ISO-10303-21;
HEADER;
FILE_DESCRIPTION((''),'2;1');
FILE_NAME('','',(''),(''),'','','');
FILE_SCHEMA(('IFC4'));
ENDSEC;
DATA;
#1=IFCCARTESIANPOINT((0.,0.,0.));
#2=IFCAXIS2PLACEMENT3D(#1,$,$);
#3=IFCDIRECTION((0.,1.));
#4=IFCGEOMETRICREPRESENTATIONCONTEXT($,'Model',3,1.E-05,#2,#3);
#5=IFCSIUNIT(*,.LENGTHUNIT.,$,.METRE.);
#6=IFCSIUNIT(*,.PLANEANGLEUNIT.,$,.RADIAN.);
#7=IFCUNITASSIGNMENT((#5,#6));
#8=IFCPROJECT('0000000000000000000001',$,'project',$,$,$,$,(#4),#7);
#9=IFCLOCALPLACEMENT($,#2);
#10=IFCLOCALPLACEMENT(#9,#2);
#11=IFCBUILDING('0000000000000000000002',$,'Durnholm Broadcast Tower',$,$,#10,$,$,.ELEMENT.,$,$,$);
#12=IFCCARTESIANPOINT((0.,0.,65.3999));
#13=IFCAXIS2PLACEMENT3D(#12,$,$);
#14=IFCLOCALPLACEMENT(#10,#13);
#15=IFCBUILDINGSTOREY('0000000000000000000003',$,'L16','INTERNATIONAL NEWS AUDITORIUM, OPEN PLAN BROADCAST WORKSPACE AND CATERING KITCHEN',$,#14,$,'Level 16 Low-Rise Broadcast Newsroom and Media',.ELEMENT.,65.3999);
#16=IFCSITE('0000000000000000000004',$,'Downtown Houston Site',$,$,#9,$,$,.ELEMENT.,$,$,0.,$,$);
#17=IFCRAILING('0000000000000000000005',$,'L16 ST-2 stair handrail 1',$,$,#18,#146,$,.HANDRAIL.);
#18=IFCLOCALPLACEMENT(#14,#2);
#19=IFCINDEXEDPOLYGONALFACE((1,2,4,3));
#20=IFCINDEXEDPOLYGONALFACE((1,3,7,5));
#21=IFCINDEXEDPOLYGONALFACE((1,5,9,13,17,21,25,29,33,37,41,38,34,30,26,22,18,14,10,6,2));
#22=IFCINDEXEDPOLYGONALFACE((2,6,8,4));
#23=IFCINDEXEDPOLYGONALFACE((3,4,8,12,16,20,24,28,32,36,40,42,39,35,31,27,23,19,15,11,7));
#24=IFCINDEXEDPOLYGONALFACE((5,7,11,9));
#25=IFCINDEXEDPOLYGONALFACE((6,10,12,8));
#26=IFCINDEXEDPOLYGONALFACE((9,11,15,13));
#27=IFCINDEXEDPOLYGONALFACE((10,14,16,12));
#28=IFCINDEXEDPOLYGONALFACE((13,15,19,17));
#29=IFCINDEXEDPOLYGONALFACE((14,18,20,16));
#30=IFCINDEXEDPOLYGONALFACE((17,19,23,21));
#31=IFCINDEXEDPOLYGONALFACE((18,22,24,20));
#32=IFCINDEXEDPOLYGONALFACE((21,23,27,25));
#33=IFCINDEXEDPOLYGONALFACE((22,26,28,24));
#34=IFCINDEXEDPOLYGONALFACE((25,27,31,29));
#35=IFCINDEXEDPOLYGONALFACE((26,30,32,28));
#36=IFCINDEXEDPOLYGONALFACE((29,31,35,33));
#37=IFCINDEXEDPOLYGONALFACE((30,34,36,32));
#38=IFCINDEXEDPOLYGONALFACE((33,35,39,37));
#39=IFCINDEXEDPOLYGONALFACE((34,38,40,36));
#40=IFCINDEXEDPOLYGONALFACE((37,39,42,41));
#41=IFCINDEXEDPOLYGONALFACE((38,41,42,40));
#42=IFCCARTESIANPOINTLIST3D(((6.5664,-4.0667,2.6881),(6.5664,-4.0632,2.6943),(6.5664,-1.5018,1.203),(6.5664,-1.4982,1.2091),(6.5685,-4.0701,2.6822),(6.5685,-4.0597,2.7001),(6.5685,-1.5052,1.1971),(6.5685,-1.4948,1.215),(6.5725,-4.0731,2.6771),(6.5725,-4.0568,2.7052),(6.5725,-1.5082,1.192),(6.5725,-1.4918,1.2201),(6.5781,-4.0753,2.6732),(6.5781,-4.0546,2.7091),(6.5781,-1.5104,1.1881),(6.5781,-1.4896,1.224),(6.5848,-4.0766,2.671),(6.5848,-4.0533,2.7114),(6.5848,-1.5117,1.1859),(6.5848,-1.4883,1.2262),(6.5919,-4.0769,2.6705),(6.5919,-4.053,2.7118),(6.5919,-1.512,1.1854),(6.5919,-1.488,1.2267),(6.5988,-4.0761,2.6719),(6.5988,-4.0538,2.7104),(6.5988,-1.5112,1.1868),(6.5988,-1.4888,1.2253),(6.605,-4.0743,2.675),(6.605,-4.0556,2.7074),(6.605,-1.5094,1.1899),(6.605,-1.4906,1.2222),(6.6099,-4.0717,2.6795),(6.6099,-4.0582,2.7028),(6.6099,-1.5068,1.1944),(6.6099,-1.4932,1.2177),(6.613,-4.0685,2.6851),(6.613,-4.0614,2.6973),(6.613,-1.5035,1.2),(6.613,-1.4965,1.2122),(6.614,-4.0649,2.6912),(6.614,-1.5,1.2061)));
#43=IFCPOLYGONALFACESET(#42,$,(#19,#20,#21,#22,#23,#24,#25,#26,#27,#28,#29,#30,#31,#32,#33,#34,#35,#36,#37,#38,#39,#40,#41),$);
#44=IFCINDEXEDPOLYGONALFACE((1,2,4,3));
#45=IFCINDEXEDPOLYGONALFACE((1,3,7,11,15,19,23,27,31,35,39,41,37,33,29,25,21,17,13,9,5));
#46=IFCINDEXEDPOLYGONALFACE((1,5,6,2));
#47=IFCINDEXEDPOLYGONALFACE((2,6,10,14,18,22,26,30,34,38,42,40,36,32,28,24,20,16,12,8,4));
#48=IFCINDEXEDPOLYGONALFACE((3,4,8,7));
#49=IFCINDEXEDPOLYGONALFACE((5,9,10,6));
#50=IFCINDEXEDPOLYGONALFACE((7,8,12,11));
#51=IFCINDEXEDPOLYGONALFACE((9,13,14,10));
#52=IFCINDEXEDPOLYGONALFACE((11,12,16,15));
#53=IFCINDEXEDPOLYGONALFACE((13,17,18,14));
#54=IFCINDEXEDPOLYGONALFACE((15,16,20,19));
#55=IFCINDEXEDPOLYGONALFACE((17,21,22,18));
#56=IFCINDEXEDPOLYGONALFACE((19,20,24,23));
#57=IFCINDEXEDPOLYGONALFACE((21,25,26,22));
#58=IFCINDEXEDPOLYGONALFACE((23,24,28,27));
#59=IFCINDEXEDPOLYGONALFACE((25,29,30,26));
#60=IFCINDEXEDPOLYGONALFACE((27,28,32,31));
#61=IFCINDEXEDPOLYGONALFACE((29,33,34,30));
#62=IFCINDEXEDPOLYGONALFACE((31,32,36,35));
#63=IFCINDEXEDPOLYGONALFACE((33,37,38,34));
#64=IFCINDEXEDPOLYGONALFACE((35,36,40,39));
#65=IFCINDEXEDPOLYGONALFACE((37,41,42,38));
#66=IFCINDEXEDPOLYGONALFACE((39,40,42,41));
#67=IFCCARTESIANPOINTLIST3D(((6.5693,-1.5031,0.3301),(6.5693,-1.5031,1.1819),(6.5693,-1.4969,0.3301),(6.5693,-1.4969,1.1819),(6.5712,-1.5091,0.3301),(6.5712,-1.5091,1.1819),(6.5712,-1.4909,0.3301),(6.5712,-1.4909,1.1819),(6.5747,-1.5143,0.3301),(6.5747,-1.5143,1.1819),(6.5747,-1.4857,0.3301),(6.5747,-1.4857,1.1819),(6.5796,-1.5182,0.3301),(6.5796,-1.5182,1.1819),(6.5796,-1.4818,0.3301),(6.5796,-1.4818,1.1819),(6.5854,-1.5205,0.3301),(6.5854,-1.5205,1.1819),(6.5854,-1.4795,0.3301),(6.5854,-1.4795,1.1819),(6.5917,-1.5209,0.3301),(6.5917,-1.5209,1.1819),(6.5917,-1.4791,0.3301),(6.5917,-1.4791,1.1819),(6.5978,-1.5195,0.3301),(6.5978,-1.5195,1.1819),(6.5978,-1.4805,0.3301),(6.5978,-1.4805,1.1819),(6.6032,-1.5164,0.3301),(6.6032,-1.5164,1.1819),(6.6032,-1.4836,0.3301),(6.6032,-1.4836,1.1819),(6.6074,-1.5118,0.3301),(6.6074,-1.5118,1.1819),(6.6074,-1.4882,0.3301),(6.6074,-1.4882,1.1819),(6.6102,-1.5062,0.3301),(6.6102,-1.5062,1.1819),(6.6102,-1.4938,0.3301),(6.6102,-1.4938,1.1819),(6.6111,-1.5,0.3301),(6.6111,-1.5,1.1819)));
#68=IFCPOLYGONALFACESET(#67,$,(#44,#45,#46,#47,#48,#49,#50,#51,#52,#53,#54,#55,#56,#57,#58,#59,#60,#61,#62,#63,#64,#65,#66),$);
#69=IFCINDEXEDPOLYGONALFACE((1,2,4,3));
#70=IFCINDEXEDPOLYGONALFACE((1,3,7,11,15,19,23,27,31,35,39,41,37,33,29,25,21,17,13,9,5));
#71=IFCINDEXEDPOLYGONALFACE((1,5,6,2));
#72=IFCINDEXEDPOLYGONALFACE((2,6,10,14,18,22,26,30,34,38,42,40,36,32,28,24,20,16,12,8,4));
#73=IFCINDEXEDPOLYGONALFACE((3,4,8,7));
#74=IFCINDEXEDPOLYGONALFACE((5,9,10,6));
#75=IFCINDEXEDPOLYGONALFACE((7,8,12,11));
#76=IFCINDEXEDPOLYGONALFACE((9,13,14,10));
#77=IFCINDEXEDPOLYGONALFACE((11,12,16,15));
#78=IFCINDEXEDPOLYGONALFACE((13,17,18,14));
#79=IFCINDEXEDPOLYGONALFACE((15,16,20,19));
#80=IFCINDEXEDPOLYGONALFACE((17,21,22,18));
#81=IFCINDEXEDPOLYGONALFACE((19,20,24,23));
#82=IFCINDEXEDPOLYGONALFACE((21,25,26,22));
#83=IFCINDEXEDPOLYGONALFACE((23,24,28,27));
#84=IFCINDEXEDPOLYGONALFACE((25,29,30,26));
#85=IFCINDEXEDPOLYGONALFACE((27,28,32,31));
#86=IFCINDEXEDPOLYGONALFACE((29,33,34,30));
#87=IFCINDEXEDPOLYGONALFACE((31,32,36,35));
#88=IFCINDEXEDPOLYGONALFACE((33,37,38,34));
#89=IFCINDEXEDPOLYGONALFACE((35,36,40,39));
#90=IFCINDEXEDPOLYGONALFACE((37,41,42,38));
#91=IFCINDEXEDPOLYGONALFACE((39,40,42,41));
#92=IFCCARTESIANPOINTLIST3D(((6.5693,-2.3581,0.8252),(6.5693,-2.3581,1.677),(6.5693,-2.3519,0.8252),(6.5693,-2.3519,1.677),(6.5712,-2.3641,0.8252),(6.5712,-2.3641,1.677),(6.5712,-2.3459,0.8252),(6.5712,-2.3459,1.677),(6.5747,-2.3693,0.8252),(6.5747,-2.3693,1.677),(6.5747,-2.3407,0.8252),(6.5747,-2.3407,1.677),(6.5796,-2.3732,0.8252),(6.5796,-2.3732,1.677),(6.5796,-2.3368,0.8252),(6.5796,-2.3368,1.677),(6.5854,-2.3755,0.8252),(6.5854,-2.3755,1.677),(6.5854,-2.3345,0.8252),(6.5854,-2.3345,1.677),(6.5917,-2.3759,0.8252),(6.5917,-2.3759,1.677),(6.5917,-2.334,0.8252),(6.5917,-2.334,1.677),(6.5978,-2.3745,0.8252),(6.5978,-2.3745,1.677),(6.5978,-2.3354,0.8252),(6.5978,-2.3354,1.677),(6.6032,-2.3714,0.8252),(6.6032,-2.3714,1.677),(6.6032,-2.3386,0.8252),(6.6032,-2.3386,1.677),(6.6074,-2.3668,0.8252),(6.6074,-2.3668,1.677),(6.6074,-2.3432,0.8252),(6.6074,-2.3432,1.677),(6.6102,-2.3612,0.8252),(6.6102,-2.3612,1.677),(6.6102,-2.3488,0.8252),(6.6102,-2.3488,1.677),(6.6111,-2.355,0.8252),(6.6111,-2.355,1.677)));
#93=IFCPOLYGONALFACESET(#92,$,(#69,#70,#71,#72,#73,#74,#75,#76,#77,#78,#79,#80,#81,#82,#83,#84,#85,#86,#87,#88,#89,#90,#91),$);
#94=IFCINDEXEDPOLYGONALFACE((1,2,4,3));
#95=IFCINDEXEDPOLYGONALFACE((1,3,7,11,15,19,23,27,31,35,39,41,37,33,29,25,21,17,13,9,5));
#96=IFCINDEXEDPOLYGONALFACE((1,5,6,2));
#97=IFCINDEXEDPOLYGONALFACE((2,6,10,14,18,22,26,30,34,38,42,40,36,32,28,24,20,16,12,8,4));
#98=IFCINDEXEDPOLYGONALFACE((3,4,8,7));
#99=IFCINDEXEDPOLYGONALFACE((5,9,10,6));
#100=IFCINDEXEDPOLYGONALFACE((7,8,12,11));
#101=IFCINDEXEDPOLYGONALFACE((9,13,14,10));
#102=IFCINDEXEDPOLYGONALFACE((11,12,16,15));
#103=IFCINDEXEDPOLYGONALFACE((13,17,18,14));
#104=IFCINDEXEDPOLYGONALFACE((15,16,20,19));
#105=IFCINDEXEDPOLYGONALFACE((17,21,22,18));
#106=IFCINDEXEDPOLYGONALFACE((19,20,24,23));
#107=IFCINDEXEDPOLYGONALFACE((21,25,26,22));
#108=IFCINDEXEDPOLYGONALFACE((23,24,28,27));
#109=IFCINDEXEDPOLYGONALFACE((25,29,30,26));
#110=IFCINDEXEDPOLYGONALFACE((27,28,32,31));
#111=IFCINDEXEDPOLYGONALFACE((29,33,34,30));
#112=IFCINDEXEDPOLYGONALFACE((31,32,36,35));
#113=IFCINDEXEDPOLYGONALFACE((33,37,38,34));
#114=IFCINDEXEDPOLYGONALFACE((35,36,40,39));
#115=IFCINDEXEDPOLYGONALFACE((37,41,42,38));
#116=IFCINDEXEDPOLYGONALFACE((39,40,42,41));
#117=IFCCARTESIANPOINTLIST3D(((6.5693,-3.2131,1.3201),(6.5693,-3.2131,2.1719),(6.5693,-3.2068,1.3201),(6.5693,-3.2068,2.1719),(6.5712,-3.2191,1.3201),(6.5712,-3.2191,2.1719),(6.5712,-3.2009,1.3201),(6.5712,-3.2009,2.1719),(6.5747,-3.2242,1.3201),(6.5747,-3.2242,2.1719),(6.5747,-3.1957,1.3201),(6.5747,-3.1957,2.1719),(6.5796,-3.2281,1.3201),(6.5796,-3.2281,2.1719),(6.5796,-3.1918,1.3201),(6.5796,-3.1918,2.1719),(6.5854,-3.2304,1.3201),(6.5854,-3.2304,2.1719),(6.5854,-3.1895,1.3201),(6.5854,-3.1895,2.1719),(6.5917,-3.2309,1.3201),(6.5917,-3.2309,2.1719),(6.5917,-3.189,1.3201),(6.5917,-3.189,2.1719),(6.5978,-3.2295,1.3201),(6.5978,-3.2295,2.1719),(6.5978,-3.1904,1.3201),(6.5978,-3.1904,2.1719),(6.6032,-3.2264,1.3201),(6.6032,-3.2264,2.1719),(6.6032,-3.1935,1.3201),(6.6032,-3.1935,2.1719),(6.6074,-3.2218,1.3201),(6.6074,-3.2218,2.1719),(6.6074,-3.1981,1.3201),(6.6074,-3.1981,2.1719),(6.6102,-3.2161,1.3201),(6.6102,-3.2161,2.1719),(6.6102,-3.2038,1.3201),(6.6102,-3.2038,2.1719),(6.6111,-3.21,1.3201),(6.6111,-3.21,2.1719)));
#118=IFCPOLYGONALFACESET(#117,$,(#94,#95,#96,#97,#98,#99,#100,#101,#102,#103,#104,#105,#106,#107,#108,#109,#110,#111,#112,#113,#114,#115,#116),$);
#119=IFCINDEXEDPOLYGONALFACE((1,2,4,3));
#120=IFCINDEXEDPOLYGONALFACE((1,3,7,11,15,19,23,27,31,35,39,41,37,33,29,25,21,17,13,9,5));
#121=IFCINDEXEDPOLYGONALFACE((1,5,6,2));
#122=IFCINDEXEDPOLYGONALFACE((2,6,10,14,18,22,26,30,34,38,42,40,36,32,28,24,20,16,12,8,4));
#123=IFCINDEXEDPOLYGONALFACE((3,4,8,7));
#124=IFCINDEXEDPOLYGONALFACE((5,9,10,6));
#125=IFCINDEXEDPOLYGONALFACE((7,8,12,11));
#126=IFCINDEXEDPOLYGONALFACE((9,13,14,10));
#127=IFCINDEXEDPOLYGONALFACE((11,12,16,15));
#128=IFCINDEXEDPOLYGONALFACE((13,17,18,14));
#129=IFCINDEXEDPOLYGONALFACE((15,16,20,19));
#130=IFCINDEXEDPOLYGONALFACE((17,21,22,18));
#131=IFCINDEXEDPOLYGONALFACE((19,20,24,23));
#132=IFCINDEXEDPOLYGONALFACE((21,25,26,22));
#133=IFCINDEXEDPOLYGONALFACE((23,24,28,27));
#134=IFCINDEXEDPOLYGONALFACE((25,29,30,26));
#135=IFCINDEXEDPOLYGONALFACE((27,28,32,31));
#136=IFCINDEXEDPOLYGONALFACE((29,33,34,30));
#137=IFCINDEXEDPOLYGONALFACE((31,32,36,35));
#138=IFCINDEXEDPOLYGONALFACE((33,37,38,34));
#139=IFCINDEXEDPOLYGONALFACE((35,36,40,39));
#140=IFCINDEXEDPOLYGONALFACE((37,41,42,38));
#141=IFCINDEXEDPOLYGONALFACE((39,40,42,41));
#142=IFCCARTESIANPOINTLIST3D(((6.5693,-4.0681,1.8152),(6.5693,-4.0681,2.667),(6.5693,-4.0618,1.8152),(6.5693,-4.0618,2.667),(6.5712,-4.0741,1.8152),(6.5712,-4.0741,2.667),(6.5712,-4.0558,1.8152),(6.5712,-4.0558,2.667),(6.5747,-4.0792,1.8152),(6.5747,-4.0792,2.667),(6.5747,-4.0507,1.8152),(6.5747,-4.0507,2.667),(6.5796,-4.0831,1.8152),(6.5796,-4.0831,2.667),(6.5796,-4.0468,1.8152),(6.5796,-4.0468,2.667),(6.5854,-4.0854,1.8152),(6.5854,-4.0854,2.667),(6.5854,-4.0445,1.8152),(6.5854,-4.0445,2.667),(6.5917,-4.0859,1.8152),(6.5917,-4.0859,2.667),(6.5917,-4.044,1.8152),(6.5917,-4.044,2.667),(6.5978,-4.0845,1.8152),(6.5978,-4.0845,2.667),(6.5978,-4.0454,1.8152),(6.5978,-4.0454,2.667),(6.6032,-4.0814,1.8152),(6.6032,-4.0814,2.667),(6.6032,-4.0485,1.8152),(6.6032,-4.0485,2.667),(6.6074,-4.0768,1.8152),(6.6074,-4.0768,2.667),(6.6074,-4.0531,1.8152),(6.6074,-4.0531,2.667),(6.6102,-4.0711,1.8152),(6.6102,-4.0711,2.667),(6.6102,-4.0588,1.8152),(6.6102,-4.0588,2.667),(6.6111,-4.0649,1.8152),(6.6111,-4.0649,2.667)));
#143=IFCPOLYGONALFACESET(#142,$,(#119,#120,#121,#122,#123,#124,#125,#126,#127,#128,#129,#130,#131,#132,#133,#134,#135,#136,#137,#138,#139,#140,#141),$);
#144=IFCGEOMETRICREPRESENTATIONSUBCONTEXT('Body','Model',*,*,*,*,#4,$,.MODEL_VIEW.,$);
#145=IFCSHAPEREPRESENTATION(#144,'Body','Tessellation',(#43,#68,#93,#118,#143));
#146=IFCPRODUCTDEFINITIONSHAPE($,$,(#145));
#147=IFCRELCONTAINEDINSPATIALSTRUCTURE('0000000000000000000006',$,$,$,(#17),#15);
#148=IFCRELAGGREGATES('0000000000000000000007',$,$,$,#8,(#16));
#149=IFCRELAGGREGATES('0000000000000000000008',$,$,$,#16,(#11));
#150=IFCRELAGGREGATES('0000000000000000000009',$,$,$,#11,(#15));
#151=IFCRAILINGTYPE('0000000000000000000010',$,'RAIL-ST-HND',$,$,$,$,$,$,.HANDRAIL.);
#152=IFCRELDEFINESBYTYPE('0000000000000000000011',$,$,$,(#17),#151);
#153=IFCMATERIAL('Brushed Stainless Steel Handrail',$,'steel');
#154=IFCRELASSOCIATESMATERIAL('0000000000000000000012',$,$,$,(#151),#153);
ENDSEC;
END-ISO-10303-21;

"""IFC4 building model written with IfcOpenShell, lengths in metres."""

from ifc_helpers import new_model, si_unit, direction, frame, origin, origin_2d, place, context, subcontext, project, spatial, circle, extrude, material, type_object, element, save


model = new_model("IFC4")

# Units and contexts
model_context = context("Model", 3, precision=1e-05, world=origin(), true_north=direction((0.0, 1.0)))
body_context = subcontext(model_context, "Body", "Model", "MODEL_VIEW")
ifc_project = project(units=[si_unit("LENGTHUNIT", "METRE"), si_unit("PLANEANGLEUNIT", "RADIAN")], contexts=[model_context])

# Site, building, storey
site_placement = place(None, origin())
site = spatial("IfcSite", under=ifc_project, at=site_placement, Name="Downtown Houston Site", CompositionType="ELEMENT", RefElevation=0.0)
building_placement = place(site_placement, origin())
building = spatial("IfcBuilding", under=site, at=building_placement, Name="Durnholm Broadcast Tower", CompositionType="ELEMENT")
storey_placement = place(building_placement, frame((0.0, 0.0, 65.3999)))
storey = spatial("IfcBuildingStorey", under=building, at=storey_placement, Name="L16", Description="INTERNATIONAL NEWS AUDITORIUM, OPEN PLAN BROADCAST WORKSPACE AND CATERING KITCHEN", LongName="Level 16 Low-Rise Broadcast Newsroom and Media", CompositionType="ELEMENT", Elevation=65.3999)

# Railing
ifc_material_1 = material(Name="Brushed Stainless Steel Handrail", Category="steel")
railing_type_1 = type_object("IfcRailingType", Name="RAIL-ST-HND", PredefinedType="HANDRAIL", material=ifc_material_1)
railing_1_placement = place(storey_placement, frame((6.5901, -1.5, 0.3301)))
element("IfcRailing", 1, at=railing_1_placement, inside=storey, type_object=railing_type_1, Name="L16 ST-2 stair handrail 1", PredefinedType="HANDRAIL", context=body_context, shape_type="SweptSolid", body=[
    extrude(circle(Radius=0.0239, at=origin_2d()), frame((0.0, 0.0, 0.876), z_axis=(0.0, -0.865406, 0.501072), x_axis=(1.0, 0.0, 0.0)), (0.0, 0.0, 1.0), 2.9639),
    extrude(circle(Radius=0.021, at=origin_2d()), origin(), (0.0, 0.0, 1.0), 0.8518),
    extrude(circle(Radius=0.021, at=origin_2d()), frame((0.0, -0.855, 0.4951)), (0.0, 0.0, 1.0), 0.8518),
    extrude(circle(Radius=0.021, at=origin_2d()), frame((0.0, -1.71, 0.99)), (0.0, 0.0, 1.0), 0.8518),
    extrude(circle(Radius=0.021, at=origin_2d()), frame((0.0, -2.5649, 1.4851)), (0.0, 0.0, 1.0), 0.8518),
])

save(model, "model.ifc")
